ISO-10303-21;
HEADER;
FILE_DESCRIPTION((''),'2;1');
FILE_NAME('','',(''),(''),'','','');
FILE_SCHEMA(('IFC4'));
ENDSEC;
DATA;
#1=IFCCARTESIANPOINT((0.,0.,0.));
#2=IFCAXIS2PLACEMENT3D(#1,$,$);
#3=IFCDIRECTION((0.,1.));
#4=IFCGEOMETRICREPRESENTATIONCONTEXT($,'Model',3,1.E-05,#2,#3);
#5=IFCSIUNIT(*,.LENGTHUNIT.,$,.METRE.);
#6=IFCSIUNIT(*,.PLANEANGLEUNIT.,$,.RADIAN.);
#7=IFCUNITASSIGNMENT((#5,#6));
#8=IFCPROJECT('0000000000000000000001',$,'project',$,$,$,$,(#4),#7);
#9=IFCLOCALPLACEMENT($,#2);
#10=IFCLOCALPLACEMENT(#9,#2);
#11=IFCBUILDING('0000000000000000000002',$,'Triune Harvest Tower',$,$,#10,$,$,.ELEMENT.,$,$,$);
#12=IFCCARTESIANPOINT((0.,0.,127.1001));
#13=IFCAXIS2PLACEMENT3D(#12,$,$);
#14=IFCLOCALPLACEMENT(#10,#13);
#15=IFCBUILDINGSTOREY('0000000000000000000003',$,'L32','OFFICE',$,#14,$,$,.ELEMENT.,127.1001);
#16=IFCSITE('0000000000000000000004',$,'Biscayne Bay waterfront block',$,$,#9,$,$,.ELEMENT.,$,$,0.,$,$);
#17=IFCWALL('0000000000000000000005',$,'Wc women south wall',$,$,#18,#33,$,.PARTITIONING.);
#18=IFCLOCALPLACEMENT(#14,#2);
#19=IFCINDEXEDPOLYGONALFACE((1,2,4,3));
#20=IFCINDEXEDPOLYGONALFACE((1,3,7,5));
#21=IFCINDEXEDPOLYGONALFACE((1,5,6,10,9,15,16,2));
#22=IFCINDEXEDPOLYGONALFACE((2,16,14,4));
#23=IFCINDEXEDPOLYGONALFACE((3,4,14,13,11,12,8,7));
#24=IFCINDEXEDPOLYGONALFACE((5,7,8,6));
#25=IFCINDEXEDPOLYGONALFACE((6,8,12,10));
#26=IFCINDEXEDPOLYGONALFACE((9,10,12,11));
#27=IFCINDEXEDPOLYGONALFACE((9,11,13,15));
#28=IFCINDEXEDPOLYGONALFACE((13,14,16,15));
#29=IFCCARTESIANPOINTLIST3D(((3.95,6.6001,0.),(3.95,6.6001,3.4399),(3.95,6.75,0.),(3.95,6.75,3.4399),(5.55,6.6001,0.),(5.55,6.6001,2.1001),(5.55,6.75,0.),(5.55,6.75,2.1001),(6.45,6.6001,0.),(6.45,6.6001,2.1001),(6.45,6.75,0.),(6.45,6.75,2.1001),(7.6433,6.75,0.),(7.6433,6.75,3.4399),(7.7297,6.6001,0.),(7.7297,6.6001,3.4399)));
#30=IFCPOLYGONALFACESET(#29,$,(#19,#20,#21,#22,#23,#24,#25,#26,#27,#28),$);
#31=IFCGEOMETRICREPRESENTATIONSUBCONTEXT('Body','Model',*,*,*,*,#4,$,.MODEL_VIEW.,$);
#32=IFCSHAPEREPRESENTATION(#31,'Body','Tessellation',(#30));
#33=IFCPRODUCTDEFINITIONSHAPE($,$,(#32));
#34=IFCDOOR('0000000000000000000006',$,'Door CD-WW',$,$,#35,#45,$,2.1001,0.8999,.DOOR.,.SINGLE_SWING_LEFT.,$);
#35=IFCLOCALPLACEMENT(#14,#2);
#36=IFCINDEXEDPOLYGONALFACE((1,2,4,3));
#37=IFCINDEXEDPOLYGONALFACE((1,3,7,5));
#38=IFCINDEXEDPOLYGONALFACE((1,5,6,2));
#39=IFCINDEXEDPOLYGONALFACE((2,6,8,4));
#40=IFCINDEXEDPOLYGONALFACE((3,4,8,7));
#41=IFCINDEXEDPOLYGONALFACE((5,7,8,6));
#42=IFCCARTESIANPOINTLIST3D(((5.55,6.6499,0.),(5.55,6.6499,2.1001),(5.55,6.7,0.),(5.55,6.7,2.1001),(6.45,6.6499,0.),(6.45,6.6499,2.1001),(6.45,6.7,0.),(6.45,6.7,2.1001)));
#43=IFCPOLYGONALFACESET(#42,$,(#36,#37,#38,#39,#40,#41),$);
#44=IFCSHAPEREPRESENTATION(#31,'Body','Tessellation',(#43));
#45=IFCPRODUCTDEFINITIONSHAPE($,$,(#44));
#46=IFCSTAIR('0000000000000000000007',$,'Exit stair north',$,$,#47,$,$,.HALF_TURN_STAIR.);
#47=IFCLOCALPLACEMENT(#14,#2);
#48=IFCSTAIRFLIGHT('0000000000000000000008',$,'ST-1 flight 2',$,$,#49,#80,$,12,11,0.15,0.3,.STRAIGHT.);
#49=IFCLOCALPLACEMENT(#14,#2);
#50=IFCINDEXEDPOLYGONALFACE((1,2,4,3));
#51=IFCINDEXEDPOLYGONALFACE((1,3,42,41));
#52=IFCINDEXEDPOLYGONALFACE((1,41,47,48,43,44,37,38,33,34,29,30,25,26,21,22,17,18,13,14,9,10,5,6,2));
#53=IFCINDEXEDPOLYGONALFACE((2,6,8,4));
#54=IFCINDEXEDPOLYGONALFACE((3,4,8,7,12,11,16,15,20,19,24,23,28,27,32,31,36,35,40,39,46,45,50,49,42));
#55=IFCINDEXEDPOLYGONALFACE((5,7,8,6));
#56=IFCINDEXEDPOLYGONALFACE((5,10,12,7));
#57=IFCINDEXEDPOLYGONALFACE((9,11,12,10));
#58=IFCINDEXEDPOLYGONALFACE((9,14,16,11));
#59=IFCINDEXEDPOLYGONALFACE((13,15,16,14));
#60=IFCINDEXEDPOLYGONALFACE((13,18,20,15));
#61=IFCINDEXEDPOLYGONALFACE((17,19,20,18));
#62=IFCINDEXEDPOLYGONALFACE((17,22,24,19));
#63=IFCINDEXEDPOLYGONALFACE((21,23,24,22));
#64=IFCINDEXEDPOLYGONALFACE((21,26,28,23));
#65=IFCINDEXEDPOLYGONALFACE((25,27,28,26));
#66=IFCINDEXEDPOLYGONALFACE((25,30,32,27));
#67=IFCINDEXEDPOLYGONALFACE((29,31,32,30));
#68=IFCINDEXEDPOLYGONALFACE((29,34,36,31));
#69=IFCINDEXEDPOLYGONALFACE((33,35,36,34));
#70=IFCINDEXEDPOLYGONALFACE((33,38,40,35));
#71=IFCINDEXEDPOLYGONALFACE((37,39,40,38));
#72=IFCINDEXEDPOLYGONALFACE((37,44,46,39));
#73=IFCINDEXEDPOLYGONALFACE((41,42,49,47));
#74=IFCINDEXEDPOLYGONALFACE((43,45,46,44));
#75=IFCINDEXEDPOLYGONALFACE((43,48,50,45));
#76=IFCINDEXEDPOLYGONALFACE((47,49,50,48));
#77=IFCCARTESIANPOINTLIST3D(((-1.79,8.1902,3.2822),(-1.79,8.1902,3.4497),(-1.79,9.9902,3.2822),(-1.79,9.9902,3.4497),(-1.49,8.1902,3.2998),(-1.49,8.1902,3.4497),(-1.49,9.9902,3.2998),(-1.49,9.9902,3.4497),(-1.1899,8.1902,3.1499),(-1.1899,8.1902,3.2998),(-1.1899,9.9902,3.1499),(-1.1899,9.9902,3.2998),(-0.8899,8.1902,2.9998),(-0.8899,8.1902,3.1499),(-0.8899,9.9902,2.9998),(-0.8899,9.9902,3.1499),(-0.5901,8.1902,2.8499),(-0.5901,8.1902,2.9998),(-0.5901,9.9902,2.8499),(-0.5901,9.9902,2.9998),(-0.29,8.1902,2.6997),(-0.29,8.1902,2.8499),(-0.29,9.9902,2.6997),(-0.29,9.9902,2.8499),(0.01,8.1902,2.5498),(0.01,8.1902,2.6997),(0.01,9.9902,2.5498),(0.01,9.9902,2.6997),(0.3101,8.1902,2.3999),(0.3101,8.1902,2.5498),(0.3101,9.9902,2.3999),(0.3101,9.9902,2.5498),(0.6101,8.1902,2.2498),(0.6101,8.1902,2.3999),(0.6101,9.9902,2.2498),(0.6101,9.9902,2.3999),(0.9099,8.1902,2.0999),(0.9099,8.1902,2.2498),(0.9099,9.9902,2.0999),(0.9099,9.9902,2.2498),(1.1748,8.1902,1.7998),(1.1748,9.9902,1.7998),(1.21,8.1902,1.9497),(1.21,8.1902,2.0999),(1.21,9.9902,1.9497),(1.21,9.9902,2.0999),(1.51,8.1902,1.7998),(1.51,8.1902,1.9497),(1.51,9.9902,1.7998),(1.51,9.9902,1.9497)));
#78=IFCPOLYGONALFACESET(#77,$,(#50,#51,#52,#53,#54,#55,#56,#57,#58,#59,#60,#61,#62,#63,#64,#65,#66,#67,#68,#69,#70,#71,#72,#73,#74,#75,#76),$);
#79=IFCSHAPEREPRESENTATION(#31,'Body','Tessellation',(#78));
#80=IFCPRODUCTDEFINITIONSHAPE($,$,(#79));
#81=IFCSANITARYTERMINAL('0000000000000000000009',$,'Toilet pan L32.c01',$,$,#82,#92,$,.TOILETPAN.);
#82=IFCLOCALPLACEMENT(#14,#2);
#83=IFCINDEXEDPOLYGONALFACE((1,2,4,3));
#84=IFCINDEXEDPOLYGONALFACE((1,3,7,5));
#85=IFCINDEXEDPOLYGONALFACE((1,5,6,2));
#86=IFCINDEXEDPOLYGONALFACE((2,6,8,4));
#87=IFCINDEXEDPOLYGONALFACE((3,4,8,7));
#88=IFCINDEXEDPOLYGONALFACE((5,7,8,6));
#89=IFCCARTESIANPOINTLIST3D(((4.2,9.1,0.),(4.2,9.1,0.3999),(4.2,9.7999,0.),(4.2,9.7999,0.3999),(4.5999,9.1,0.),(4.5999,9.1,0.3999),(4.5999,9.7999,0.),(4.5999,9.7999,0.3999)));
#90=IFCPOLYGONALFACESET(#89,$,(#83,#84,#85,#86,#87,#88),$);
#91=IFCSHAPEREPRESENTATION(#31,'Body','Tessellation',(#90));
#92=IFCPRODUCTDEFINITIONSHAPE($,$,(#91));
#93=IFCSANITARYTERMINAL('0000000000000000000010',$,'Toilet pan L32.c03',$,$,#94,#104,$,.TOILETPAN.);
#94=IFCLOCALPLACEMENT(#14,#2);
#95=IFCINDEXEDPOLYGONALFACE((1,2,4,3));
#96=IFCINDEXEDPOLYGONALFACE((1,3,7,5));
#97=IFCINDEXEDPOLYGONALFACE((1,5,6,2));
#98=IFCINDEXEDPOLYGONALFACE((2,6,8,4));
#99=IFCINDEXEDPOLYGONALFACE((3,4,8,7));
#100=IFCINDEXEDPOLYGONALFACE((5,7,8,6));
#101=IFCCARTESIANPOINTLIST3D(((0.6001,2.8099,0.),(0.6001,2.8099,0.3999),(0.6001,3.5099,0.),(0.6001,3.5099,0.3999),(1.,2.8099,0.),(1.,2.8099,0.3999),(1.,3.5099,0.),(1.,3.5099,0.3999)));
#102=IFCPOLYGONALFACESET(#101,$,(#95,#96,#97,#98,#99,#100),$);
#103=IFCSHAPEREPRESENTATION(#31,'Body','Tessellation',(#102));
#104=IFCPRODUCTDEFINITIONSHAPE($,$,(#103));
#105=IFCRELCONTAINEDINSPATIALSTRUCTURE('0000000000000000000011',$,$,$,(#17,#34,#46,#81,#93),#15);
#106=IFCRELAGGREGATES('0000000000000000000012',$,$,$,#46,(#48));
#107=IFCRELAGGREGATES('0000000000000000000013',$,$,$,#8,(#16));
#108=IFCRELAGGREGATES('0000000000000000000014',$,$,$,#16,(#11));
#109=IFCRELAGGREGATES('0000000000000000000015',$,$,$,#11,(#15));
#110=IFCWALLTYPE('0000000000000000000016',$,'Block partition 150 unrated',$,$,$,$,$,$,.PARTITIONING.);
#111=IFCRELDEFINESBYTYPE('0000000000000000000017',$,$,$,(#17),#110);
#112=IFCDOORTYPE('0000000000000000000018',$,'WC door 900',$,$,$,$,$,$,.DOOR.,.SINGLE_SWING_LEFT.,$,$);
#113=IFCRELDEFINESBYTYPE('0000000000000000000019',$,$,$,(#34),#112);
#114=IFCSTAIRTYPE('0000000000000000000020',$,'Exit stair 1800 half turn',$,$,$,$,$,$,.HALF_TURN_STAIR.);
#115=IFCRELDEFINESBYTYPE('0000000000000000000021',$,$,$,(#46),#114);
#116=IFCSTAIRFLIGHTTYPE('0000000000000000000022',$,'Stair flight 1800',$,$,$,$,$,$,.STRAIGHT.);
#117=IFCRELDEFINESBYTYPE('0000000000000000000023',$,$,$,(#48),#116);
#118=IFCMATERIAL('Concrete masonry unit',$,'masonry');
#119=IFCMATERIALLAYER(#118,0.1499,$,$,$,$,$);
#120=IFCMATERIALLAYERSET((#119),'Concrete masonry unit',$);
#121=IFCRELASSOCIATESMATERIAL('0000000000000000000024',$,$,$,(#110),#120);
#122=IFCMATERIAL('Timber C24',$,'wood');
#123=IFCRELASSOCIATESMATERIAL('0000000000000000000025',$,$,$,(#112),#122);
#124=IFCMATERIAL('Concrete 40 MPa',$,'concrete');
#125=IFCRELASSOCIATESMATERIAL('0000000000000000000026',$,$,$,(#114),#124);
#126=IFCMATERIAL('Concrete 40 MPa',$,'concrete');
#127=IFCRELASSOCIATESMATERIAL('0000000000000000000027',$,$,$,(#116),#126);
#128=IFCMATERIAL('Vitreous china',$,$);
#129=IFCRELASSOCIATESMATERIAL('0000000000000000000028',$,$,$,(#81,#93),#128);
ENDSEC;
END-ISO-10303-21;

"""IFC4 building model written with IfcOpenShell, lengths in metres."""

from ifc_helpers import new_model, si_unit, direction, frame, frame_2d, origin, origin_2d, place, context, subcontext, project, spatial, polyline, rectangle, outline, extrude, source, transform, mapped, material, layer, layer_set, type_object, element, fill, aggregate, save


model = new_model("IFC4")

# Units and contexts
model_context = context("Model", 3, precision=1e-05, world=origin(), true_north=direction((0.0, 1.0)))
body_context = subcontext(model_context, "Body", "Model", "MODEL_VIEW")
ifc_project = project(units=[si_unit("LENGTHUNIT", "METRE"), si_unit("PLANEANGLEUNIT", "RADIAN")], contexts=[model_context])

# Site, building, storey
site_placement = place(None, origin())
site = spatial("IfcSite", under=ifc_project, at=site_placement, Name="Biscayne Bay waterfront block", CompositionType="ELEMENT", RefElevation=0.0)
building_placement = place(site_placement, origin())
building = spatial("IfcBuilding", under=site, at=building_placement, Name="Triune Harvest Tower", CompositionType="ELEMENT")
storey_placement = place(building_placement, frame((0.0, 0.0, 127.1001)))
storey = spatial("IfcBuildingStorey", under=building, at=storey_placement, Name="L32", Description="OFFICE", CompositionType="ELEMENT", Elevation=127.1001)

# Wall, opening, door
ifc_material_1 = material(Name="Concrete masonry unit", Category="masonry")
ifc_layer_1 = layer(ifc_material_1, 0.1499)
ifc_layer_set_1 = layer_set([ifc_layer_1], Name="Concrete masonry unit")
wall_type_1 = type_object("IfcWallType", Name="Block partition 150 unrated", PredefinedType="PARTITIONING", material=ifc_layer_set_1)
ifc_material_2 = material(Name="Timber C24", Category="wood")
door_type_1 = type_object("IfcDoorType", Name="WC door 900", OperationType="SINGLE_SWING_LEFT", PredefinedType="DOOR", material=ifc_material_2)
shared_shape_1 = source(origin(), body_context, "Body", "SweptSolid", [
    extrude(outline(polyline([(0.0, -0.075), (0.0, 0.075), (3.6934, 0.075), (3.7798, -0.075), (0.0, -0.075)])), origin(), (0.0, 0.0, 1.0), 3.4399),
])
wall_1_placement = place(storey_placement, frame((3.95, 6.675, 0.0), z_axis=(0.0, 0.0, 1.0), x_axis=(1.0, 0.0, 0.0)))
wall_1 = element("IfcWall", 1, at=wall_1_placement, inside=storey, type_object=wall_type_1, Name="Wc women south wall", PredefinedType="PARTITIONING", context=body_context, shape_type="MappedRepresentation", body=[
    mapped(shared_shape_1, transform((0.0, 0.0, 0.0), scale=1.0)),
])
opening_1_placement = place(wall_1_placement, frame((1.6001, 0.0, 0.0)))
opening_1 = element("IfcOpeningElement", 2, at=opening_1_placement, cuts=wall_1, PredefinedType="OPENING", context=body_context, shape_type="SweptSolid", body=[
    extrude(rectangle(XDim=0.8999, YDim=2.1001, at=frame_2d((0.45, 1.05))), frame((0.0, 0.085, 0.0), z_axis=(0.0, -1.0, 0.0), x_axis=(1.0, 0.0, 0.0)), (0.0, 0.0, 1.0), 0.1699),
])
door_1_placement = place(opening_1_placement, origin())
door_1 = element("IfcDoor", 3, at=door_1_placement, inside=storey, type_object=door_type_1, Name="Door CD-WW", OperationType="SINGLE_SWING_LEFT", OverallHeight=2.1001, OverallWidth=0.8999, PredefinedType="DOOR", context=body_context, shape_type="SweptSolid", body=[
    extrude(rectangle(XDim=0.8999, YDim=2.1001, at=frame_2d((0.45, 1.05))), frame((0.0, 0.0249, 0.0), z_axis=(0.0, -1.0, 0.0), x_axis=(1.0, 0.0, 0.0)), (0.0, 0.0, 1.0), 0.05),
])
fill(opening_1, door_1)

# Stair, stair flight
ifc_material_3 = material(Name="Concrete 40 MPa", Category="concrete")
stair_type = type_object("IfcStairType", Name="Exit stair 1800 half turn", PredefinedType="HALF_TURN_STAIR", material=ifc_material_3)
stair_placement = place(storey_placement, origin())
stair = element("IfcStair", 4, at=stair_placement, inside=storey, type_object=stair_type, Name="Exit stair north", PredefinedType="HALF_TURN_STAIR")
ifc_material_4 = material(Name="Concrete 40 MPa", Category="concrete")
stair_flight_type = type_object("IfcStairFlightType", Name="Stair flight 1800", PredefinedType="STRAIGHT", material=ifc_material_4)
shared_shape_2 = source(origin(), body_context, "Body", "SweptSolid", [
    extrude(outline(polyline([(0.0, 0.0), (0.0, 0.1499), (0.3, 0.1499), (0.3, 0.3), (0.6001, 0.3), (0.6001, 0.45), (0.8999, 0.45), (0.8999, 0.6001), (1.2, 0.6001), (1.2, 0.75), (1.5, 0.75), (1.5, 0.8999), (1.8, 0.8999), (1.8, 1.05), (2.1001, 1.05), (2.1001, 1.2), (2.3999, 1.2), (2.3999, 1.3501), (2.7, 1.3501), (2.7, 1.5), (3.0, 1.5), (3.0, 1.6499), (3.3, 1.6499), (3.3, 1.8), (3.3, 1.4824), (0.3352, 0.0), (0.0, 0.0)])), frame((0.0, 0.8999, 0.0), z_axis=(0.0, -1.0, 0.0), x_axis=(1.0, 0.0, 0.0)), (0.0, 0.0, 1.0), 1.8),
])
stair_flight_placement = place(storey_placement, frame((1.51, 9.0901, 1.7998), z_axis=(0.0, 0.0, 1.0), x_axis=(-1.0, 0.0, 0.0)))
stair_flight = element("IfcStairFlight", 5, at=stair_flight_placement, type_object=stair_flight_type, Name="ST-1 flight 2", NumberOfRisers=12, NumberOfTreads=11, PredefinedType="STRAIGHT", RiserHeight=0.15, TreadLength=0.3, context=body_context, shape_type="MappedRepresentation", body=[
    mapped(shared_shape_2, transform((0.0, 0.0, 0.0), scale=1.0)),
])
aggregate(stair, [stair_flight])

# Sanitary terminals
ifc_material_5 = material(Name="Vitreous china")
shared_shape_3 = source(origin(), body_context, "Body", "SweptSolid", [
    extrude(rectangle(XDim=0.3999, YDim=0.7, at=origin_2d()), origin(), (0.0, 0.0, 1.0), 0.3999),
])
for number, where, z_axis, x_axis, name in (
    (6, (4.3999, 9.45, 0.0), (0.0, 0.0, 1.0), (1.0, 0.0, 0.0), "Toilet pan L32.c01"),
    (7, (0.8, 3.1599, 0.0), (0.0, 0.0, 1.0), (-1.0, 0.0, 0.0), "Toilet pan L32.c03"),
):
    element("IfcSanitaryTerminal", number, at=place(storey_placement, frame(where, z_axis=z_axis, x_axis=x_axis)), inside=storey, material=ifc_material_5, Name=name, PredefinedType="TOILETPAN", context=body_context, shape_type="MappedRepresentation", body=[
        mapped(shared_shape_3, transform((0.0, 0.0, 0.0), scale=1.0)),
    ])

save(model, "model.ifc")
